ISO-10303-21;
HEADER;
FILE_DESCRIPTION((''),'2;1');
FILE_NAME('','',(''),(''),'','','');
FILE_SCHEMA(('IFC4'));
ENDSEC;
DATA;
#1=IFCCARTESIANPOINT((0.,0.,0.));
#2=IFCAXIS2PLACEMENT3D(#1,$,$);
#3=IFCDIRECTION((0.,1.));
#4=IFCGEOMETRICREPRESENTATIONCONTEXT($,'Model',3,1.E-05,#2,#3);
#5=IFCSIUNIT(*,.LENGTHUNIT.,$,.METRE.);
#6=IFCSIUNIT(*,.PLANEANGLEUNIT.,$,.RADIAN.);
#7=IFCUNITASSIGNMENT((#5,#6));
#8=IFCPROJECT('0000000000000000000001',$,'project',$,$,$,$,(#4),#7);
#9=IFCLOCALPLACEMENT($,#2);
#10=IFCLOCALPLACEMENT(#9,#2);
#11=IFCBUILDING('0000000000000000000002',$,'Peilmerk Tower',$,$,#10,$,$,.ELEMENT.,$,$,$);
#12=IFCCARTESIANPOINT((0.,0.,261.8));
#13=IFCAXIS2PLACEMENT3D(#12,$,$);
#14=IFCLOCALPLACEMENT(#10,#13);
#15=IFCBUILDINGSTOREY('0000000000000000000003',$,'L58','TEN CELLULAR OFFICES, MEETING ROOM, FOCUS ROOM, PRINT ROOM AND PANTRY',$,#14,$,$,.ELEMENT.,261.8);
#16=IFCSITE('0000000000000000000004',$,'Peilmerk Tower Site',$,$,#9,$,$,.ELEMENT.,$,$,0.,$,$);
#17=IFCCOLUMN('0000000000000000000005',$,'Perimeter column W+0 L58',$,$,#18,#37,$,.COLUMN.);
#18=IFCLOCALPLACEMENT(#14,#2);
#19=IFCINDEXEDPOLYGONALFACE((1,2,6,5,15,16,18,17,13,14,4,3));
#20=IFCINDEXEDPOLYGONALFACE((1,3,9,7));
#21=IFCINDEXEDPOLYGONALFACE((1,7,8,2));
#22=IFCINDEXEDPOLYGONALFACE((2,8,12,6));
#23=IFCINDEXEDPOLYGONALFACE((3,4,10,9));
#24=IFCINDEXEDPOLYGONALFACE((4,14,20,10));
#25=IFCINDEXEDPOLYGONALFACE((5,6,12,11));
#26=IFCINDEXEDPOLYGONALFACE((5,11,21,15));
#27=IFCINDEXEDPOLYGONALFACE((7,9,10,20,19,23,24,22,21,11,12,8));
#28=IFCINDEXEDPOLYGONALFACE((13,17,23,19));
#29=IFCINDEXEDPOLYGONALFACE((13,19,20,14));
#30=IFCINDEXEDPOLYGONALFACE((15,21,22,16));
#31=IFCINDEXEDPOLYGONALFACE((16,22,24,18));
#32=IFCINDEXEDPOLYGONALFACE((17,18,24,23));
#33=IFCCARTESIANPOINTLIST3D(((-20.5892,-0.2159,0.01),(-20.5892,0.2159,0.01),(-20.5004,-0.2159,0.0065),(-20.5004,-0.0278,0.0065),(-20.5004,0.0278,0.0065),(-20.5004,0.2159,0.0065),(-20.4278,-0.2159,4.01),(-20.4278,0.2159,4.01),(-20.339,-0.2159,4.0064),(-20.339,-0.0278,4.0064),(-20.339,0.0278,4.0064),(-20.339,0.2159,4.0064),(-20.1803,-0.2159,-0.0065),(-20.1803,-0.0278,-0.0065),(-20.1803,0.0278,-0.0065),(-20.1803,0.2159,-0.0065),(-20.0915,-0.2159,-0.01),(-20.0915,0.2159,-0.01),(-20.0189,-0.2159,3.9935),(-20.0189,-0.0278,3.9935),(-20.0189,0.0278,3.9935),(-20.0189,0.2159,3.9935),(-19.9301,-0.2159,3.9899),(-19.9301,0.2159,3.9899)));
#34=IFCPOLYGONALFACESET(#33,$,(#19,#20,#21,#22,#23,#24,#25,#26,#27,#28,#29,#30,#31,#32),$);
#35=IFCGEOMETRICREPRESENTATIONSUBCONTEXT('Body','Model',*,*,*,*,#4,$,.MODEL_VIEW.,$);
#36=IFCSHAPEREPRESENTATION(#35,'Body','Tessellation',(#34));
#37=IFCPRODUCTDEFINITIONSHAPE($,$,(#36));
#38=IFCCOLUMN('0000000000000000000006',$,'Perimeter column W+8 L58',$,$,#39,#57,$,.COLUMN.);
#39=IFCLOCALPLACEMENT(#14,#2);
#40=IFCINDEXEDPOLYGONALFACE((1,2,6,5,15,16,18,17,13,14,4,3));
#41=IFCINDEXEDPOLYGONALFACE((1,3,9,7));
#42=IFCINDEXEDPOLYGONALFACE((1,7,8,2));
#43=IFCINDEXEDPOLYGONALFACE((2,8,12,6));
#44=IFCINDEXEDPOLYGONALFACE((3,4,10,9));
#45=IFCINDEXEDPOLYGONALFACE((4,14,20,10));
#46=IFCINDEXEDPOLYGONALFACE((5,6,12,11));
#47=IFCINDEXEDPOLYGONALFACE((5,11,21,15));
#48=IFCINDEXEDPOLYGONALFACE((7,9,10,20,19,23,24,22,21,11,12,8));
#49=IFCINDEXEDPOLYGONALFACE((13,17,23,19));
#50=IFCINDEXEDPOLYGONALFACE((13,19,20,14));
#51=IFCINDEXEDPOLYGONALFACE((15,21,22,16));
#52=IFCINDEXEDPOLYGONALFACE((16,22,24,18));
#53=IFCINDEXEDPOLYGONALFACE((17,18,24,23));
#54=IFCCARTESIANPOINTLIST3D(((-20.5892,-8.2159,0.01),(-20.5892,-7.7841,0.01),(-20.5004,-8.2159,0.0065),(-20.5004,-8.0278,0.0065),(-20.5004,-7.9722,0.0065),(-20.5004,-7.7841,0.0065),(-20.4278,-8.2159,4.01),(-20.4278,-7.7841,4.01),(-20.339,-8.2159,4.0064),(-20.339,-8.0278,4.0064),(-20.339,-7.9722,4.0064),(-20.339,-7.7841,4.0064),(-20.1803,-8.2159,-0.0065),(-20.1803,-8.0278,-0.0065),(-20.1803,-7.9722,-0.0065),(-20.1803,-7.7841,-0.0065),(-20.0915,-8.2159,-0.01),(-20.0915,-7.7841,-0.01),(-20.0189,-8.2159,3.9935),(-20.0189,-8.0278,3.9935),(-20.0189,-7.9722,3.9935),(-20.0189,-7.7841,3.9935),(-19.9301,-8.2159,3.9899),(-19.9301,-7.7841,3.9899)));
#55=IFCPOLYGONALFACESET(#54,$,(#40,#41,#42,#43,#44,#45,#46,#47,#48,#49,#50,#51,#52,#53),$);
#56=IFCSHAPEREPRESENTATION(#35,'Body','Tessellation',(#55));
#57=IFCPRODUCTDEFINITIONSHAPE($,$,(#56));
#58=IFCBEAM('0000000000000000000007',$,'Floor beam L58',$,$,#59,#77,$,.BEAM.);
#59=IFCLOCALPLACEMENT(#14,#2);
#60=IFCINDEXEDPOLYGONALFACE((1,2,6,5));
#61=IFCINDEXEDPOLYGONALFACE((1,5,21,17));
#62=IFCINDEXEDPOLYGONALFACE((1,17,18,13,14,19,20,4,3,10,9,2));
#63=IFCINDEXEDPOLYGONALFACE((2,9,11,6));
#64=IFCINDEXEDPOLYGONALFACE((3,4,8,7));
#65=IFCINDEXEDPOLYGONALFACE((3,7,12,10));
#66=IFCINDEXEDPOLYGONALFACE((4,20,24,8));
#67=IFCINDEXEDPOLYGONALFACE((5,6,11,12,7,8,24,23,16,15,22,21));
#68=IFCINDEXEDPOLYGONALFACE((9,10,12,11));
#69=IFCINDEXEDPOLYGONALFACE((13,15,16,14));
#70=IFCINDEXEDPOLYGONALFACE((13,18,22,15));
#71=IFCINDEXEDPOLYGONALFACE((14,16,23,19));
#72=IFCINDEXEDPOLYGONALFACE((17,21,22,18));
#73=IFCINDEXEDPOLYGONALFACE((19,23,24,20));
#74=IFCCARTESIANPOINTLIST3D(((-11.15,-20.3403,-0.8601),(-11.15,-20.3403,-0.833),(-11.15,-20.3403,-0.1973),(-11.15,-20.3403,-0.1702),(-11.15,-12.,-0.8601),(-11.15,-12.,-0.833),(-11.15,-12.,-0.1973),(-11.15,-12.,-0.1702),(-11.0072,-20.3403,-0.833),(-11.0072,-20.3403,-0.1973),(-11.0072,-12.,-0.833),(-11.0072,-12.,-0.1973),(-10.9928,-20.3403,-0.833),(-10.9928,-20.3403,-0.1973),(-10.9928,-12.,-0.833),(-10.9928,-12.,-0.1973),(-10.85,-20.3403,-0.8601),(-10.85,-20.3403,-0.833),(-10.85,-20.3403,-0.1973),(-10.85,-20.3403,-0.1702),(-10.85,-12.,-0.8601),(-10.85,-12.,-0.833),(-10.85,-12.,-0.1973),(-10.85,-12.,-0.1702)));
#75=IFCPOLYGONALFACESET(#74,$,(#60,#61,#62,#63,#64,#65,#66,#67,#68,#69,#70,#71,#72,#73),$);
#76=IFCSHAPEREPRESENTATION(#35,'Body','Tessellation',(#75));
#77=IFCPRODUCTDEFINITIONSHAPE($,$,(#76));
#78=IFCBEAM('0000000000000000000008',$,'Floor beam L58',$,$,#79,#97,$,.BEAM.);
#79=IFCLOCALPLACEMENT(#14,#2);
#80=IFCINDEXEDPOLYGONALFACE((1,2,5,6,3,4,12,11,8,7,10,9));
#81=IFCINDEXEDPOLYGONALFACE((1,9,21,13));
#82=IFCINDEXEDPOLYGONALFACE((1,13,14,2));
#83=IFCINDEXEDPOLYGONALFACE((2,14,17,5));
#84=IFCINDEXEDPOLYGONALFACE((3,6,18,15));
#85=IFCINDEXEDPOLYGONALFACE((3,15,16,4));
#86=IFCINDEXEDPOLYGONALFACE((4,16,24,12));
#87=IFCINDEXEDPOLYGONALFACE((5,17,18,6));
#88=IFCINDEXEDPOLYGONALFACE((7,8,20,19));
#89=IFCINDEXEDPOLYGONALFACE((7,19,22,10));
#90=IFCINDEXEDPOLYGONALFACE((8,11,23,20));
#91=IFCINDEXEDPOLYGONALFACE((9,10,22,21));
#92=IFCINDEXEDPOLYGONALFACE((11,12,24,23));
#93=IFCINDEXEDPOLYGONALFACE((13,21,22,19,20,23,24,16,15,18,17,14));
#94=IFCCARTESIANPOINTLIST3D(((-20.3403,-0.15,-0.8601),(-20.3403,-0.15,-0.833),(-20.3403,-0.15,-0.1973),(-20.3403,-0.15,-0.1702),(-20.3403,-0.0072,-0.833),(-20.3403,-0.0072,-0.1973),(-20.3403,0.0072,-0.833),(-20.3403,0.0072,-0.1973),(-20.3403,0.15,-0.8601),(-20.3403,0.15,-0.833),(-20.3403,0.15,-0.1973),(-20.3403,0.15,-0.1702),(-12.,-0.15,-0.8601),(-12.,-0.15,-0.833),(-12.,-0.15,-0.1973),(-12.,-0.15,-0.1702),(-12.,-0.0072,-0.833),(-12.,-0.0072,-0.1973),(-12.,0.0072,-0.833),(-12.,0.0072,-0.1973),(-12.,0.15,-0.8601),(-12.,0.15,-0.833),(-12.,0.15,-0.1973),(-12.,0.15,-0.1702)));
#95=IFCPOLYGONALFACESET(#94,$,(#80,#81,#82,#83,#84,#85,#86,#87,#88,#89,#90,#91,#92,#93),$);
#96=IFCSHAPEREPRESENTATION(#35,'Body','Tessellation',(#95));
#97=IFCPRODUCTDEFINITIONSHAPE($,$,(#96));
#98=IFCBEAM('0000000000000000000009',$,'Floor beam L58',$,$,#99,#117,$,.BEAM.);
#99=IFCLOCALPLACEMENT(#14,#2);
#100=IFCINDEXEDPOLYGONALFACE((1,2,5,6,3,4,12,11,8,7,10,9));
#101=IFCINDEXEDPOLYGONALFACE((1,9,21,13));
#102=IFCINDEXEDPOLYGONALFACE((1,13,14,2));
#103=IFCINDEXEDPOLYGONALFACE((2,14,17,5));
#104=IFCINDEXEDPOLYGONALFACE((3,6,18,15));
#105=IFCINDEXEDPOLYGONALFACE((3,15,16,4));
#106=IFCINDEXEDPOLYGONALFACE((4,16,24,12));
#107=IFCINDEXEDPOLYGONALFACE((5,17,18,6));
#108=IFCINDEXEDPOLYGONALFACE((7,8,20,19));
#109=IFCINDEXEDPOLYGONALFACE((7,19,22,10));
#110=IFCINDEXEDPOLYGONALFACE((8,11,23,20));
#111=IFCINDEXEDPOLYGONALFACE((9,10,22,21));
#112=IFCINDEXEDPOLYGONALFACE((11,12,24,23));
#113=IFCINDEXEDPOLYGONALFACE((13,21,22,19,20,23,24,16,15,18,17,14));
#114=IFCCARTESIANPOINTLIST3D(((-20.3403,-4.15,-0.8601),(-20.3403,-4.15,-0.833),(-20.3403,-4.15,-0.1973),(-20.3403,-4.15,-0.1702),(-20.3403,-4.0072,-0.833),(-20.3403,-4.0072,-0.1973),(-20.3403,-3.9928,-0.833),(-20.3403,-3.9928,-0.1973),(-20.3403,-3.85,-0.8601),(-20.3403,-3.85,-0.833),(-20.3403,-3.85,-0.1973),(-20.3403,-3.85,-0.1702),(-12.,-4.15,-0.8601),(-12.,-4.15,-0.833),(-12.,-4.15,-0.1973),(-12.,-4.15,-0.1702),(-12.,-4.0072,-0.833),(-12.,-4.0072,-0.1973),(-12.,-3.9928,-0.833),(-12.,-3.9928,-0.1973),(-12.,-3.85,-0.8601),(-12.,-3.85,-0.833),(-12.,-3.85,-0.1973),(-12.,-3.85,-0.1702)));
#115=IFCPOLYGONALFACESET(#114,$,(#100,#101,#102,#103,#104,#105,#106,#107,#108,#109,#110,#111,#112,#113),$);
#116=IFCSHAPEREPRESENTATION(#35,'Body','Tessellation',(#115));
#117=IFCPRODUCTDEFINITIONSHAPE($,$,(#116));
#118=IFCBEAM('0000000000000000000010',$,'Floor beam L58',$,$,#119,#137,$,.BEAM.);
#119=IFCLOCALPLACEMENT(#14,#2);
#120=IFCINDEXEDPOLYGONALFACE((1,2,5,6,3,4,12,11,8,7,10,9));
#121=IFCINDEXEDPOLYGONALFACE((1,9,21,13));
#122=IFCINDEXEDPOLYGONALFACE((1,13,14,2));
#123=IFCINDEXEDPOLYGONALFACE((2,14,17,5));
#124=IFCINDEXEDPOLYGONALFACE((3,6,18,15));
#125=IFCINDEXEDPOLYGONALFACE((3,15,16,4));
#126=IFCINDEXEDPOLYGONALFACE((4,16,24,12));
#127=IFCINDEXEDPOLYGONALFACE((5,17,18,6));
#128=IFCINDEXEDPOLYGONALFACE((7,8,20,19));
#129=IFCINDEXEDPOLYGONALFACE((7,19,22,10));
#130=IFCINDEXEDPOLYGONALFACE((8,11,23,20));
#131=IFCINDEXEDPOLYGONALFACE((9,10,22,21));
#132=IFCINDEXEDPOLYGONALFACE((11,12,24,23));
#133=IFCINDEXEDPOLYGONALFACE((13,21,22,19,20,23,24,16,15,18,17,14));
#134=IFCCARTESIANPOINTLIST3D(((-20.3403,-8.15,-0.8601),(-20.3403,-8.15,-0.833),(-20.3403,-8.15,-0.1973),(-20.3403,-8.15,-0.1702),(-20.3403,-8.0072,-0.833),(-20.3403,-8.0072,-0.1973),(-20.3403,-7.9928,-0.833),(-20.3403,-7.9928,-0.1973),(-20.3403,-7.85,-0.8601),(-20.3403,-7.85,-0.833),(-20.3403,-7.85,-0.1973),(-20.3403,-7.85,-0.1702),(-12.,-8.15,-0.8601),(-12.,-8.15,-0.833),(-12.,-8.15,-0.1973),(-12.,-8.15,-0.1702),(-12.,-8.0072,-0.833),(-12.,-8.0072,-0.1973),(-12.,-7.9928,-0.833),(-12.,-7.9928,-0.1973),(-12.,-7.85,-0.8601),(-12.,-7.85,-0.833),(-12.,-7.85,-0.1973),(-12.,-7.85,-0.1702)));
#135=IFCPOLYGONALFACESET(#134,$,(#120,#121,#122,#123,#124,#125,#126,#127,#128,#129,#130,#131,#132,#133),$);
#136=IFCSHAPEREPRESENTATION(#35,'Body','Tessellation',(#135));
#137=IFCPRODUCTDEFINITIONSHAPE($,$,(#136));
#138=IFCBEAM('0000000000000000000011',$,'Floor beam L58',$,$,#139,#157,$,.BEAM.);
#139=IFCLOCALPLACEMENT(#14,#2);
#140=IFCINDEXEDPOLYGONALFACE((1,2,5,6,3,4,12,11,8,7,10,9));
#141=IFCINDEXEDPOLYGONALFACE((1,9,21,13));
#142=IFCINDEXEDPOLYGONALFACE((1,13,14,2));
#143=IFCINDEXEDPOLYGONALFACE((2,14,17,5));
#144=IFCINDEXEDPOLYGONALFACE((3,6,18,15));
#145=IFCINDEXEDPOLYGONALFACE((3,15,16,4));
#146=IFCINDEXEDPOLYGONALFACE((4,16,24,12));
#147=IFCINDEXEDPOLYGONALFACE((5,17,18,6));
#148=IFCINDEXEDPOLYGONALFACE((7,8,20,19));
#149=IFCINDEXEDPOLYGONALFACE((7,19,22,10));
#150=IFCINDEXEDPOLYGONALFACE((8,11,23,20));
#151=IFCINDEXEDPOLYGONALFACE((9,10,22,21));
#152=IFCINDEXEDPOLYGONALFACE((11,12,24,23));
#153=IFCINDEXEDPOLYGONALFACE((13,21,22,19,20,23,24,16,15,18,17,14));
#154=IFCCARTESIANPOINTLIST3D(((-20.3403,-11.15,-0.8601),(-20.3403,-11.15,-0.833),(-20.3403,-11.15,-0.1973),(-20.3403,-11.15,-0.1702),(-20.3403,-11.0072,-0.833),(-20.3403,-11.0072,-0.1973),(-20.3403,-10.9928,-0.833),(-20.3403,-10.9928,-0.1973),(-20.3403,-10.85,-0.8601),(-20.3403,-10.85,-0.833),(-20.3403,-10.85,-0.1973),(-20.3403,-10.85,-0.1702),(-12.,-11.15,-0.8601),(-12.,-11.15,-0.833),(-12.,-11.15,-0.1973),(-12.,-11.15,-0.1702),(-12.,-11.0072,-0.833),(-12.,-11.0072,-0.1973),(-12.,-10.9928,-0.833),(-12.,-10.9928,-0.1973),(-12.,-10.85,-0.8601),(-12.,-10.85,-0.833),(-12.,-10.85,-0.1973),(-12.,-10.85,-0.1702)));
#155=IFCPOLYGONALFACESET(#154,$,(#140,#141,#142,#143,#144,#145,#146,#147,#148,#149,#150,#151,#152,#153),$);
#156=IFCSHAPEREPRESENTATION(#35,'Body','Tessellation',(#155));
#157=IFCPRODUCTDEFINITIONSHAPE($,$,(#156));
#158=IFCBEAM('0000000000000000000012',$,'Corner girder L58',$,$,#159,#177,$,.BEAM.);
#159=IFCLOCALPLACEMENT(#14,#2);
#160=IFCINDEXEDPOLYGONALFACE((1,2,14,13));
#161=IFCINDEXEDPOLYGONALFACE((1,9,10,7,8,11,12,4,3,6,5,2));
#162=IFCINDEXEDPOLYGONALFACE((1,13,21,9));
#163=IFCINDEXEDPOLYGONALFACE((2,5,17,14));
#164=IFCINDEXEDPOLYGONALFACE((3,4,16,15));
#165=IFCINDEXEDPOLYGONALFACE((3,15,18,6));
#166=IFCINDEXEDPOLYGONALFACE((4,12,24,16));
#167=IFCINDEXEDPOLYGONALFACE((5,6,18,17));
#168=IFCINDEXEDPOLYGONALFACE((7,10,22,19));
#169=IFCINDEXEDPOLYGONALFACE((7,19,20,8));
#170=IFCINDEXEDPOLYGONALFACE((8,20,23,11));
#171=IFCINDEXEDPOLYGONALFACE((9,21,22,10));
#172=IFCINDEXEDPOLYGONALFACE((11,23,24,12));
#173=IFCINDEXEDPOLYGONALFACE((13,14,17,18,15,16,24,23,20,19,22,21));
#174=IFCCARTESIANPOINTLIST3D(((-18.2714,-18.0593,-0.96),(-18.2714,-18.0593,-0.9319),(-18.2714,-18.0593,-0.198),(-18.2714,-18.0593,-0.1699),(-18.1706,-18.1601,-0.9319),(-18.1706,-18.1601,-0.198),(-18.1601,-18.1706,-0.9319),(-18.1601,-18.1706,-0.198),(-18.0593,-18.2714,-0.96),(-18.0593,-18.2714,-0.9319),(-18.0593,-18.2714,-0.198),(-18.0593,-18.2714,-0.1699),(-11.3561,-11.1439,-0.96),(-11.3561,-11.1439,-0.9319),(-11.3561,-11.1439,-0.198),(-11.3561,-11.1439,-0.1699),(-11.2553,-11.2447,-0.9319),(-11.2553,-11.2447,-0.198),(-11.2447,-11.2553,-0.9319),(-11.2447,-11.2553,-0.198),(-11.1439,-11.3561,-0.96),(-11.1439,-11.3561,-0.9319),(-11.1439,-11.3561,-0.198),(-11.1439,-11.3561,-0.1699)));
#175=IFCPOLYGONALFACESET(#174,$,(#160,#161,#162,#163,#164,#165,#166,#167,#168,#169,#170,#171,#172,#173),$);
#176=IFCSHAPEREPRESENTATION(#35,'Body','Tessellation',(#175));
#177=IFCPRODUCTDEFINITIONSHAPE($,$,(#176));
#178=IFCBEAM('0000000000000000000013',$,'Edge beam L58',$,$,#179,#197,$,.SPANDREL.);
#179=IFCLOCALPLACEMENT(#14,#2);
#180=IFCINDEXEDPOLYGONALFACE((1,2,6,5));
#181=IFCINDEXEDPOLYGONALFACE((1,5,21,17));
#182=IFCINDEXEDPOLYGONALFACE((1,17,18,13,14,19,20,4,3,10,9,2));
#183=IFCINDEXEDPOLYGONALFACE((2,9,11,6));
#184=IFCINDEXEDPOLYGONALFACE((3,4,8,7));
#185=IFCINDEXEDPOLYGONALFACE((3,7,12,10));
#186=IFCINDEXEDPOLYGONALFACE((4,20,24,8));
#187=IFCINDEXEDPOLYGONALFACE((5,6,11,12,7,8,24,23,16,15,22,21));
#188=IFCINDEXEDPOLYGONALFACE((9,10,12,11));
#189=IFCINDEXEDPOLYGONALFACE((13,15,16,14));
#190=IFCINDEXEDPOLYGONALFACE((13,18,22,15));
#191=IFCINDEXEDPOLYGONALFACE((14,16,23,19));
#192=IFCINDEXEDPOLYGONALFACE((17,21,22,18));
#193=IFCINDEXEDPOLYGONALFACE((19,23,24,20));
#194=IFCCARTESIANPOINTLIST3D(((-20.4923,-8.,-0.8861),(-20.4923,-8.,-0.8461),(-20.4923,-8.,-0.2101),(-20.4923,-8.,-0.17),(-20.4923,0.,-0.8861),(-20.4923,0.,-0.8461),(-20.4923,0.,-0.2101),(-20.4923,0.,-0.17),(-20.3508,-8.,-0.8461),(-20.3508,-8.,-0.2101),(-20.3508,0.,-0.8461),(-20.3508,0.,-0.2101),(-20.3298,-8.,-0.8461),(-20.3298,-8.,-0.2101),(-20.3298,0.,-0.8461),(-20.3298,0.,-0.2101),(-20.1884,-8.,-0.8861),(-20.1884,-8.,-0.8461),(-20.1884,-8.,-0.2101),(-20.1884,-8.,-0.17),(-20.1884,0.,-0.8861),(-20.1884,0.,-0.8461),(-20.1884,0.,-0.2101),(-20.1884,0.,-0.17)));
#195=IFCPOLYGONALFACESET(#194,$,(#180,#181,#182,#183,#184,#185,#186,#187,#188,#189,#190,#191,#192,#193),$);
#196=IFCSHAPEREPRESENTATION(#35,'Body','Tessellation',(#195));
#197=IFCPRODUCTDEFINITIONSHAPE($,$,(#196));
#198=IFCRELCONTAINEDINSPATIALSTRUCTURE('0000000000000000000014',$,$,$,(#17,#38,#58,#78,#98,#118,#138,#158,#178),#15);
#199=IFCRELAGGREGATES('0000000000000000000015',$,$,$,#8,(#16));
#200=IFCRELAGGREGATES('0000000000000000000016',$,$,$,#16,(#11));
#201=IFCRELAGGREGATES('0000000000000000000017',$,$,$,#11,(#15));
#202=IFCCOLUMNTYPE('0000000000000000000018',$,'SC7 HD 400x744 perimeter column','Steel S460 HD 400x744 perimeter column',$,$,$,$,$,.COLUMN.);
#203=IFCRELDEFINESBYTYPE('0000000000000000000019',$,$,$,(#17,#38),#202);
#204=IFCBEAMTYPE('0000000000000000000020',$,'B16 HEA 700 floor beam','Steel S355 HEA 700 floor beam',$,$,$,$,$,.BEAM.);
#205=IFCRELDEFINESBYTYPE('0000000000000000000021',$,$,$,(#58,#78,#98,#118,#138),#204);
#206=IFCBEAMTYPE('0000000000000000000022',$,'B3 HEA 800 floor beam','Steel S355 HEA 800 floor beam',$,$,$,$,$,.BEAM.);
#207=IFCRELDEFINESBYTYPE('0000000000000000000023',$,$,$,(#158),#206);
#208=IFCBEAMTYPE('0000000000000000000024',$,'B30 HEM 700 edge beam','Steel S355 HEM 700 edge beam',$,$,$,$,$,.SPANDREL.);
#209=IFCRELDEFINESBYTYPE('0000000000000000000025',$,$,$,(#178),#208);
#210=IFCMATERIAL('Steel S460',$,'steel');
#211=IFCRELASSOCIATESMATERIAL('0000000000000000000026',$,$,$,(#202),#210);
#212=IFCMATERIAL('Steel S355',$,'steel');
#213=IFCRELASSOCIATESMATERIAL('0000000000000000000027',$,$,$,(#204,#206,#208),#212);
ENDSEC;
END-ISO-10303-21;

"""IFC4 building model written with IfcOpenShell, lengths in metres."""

from ifc_helpers import new_model, si_unit, direction, frame, origin, origin_2d, place, context, subcontext, project, spatial, i_section, extrude, material, material_profile, profile_set, type_object, element, save


model = new_model("IFC4")

# Units and contexts
model_context = context("Model", 3, precision=1e-05, world=origin(), true_north=direction((0.0, 1.0)))
body_context = subcontext(model_context, "Body", "Model", "MODEL_VIEW")
ifc_project = project(units=[si_unit("LENGTHUNIT", "METRE"), si_unit("PLANEANGLEUNIT", "RADIAN")], contexts=[model_context])

# Site, building, storey
site_placement = place(None, origin())
site = spatial("IfcSite", under=ifc_project, at=site_placement, Name="Peilmerk Tower Site", CompositionType="ELEMENT", RefElevation=0.0)
building_placement = place(site_placement, origin())
building = spatial("IfcBuilding", under=site, at=building_placement, Name="Peilmerk Tower", CompositionType="ELEMENT")
storey_placement = place(building_placement, frame((0.0, 0.0, 261.8)))
storey = spatial("IfcBuildingStorey", under=building, at=storey_placement, Name="L58", Description="TEN CELLULAR OFFICES, MEETING ROOM, FOCUS ROOM, PRINT ROOM AND PANTRY", CompositionType="ELEMENT", Elevation=261.8)

# Columns
ifc_material_1 = material(Name="Steel S460", Category="steel")
ifc_material_profile_1 = material_profile(ifc_material_1, i_section(OverallWidth=0.4319, OverallDepth=0.498, WebThickness=0.0557, FlangeThickness=0.0889, at=origin_2d()), Name="HD 400x744")
ifc_profile_set_1 = profile_set([ifc_material_profile_1], Name="Steel S460")
column_type = type_object("IfcColumnType", Name="SC7 HD 400x744 perimeter column", Description="Steel S460 HD 400x744 perimeter column", PredefinedType="COLUMN", material=ifc_profile_set_1)
for number, where, z_axis, x_axis, name in (
    (1, (-20.3403, 0.0, 0.0), (0.040311, 0.0, 0.999187), (0.0, 1.0, 0.0), "Perimeter column W+0 L58"),
    (2, (-20.3403, -8.0, 0.0), (0.040311, 0.0, 0.999187), (0.0, 1.0, 0.0), "Perimeter column W+8 L58"),
):
    element("IfcColumn", number, at=place(storey_placement, frame(where, z_axis=z_axis, x_axis=x_axis)), inside=storey, type_object=column_type, Name=name, PredefinedType="COLUMN", context=body_context, shape_type="SweptSolid", body=[
        extrude(i_section(OverallWidth=0.4319, OverallDepth=0.498, WebThickness=0.0557, FlangeThickness=0.0889, at=origin_2d()), origin(), (0.0, 0.0, 1.0), 4.0032),
    ])

# Beams
ifc_material_2 = material(Name="Steel S355", Category="steel")
ifc_material_profile_2 = material_profile(ifc_material_2, i_section(OverallWidth=0.3, OverallDepth=0.6899, WebThickness=0.0144, FlangeThickness=0.0271, at=origin_2d()), Name="HEA 700")
ifc_profile_set_2 = profile_set([ifc_material_profile_2], Name="Steel S355")
beam_type_1 = type_object("IfcBeamType", Name="B16 HEA 700 floor beam", Description="Steel S355 HEA 700 floor beam", PredefinedType="BEAM", material=ifc_profile_set_2)
for number, where, z_axis, x_axis, name in (
    (3, (-11.0, -12.0, -0.5151), (0.0, -1.0, 0.0), (1.0, 0.0, 0.0), "Floor beam L58"),
    (4, (-12.0, 0.0, -0.5151), (-1.0, 0.0, 0.0), (0.0, -1.0, 0.0), "Floor beam L58"),
    (5, (-12.0, -4.0, -0.5151), (-1.0, 0.0, 0.0), (0.0, -1.0, 0.0), "Floor beam L58"),
    (6, (-12.0, -8.0, -0.5151), (-1.0, 0.0, 0.0), (0.0, -1.0, 0.0), "Floor beam L58"),
    (7, (-12.0, -11.0, -0.5151), (-1.0, 0.0, 0.0), (0.0, -1.0, 0.0), "Floor beam L58"),
):
    element("IfcBeam", number, at=place(storey_placement, frame(where, z_axis=z_axis, x_axis=x_axis)), inside=storey, type_object=beam_type_1, Name=name, PredefinedType="BEAM", context=body_context, shape_type="SweptSolid", body=[
        extrude(i_section(OverallWidth=0.3, OverallDepth=0.6899, WebThickness=0.0144, FlangeThickness=0.0271, at=origin_2d()), origin(), (0.0, 0.0, 1.0), 8.3403),
    ])
ifc_material_profile_3 = material_profile(ifc_material_2, i_section(OverallWidth=0.3, OverallDepth=0.79, WebThickness=0.0149, FlangeThickness=0.0281, at=origin_2d()), Name="HEA 800")
ifc_profile_set_3 = profile_set([ifc_material_profile_3], Name="Steel S355")
beam_type_2 = type_object("IfcBeamType", Name="B3 HEA 800 floor beam", Description="Steel S355 HEA 800 floor beam", PredefinedType="BEAM", material=ifc_profile_set_3)
beam_1_placement = place(storey_placement, frame((-11.25, -11.25, -0.5649), z_axis=(-0.707107, -0.707107, 0.0), x_axis=(0.707107, -0.707107, 0.0)))
element("IfcBeam", 8, at=beam_1_placement, inside=storey, type_object=beam_type_2, Name="Corner girder L58", PredefinedType="BEAM", context=body_context, shape_type="SweptSolid", body=[
    extrude(i_section(OverallWidth=0.3, OverallDepth=0.79, WebThickness=0.0149, FlangeThickness=0.0281, at=origin_2d()), origin(), (0.0, 0.0, 1.0), 9.7798),
])
ifc_material_profile_4 = material_profile(ifc_material_2, i_section(OverallWidth=0.304, OverallDepth=0.7161, WebThickness=0.021, FlangeThickness=0.04, at=origin_2d()), Name="HEM 700")
ifc_profile_set_4 = profile_set([ifc_material_profile_4], Name="Steel S355")
beam_type_3 = type_object("IfcBeamType", Name="B30 HEM 700 edge beam", Description="Steel S355 HEM 700 edge beam", PredefinedType="SPANDREL", material=ifc_profile_set_4)
beam_2_placement = place(storey_placement, frame((-20.3403, 0.0, -0.5281), z_axis=(0.0, -1.0, 0.0), x_axis=(1.0, 0.0, 0.0)))
element("IfcBeam", 9, at=beam_2_placement, inside=storey, type_object=beam_type_3, Name="Edge beam L58", PredefinedType="SPANDREL", context=body_context, shape_type="SweptSolid", body=[
    extrude(i_section(OverallWidth=0.304, OverallDepth=0.7161, WebThickness=0.021, FlangeThickness=0.04, at=origin_2d()), origin(), (0.0, 0.0, 1.0), 8.0),
])

save(model, "model.ifc")
